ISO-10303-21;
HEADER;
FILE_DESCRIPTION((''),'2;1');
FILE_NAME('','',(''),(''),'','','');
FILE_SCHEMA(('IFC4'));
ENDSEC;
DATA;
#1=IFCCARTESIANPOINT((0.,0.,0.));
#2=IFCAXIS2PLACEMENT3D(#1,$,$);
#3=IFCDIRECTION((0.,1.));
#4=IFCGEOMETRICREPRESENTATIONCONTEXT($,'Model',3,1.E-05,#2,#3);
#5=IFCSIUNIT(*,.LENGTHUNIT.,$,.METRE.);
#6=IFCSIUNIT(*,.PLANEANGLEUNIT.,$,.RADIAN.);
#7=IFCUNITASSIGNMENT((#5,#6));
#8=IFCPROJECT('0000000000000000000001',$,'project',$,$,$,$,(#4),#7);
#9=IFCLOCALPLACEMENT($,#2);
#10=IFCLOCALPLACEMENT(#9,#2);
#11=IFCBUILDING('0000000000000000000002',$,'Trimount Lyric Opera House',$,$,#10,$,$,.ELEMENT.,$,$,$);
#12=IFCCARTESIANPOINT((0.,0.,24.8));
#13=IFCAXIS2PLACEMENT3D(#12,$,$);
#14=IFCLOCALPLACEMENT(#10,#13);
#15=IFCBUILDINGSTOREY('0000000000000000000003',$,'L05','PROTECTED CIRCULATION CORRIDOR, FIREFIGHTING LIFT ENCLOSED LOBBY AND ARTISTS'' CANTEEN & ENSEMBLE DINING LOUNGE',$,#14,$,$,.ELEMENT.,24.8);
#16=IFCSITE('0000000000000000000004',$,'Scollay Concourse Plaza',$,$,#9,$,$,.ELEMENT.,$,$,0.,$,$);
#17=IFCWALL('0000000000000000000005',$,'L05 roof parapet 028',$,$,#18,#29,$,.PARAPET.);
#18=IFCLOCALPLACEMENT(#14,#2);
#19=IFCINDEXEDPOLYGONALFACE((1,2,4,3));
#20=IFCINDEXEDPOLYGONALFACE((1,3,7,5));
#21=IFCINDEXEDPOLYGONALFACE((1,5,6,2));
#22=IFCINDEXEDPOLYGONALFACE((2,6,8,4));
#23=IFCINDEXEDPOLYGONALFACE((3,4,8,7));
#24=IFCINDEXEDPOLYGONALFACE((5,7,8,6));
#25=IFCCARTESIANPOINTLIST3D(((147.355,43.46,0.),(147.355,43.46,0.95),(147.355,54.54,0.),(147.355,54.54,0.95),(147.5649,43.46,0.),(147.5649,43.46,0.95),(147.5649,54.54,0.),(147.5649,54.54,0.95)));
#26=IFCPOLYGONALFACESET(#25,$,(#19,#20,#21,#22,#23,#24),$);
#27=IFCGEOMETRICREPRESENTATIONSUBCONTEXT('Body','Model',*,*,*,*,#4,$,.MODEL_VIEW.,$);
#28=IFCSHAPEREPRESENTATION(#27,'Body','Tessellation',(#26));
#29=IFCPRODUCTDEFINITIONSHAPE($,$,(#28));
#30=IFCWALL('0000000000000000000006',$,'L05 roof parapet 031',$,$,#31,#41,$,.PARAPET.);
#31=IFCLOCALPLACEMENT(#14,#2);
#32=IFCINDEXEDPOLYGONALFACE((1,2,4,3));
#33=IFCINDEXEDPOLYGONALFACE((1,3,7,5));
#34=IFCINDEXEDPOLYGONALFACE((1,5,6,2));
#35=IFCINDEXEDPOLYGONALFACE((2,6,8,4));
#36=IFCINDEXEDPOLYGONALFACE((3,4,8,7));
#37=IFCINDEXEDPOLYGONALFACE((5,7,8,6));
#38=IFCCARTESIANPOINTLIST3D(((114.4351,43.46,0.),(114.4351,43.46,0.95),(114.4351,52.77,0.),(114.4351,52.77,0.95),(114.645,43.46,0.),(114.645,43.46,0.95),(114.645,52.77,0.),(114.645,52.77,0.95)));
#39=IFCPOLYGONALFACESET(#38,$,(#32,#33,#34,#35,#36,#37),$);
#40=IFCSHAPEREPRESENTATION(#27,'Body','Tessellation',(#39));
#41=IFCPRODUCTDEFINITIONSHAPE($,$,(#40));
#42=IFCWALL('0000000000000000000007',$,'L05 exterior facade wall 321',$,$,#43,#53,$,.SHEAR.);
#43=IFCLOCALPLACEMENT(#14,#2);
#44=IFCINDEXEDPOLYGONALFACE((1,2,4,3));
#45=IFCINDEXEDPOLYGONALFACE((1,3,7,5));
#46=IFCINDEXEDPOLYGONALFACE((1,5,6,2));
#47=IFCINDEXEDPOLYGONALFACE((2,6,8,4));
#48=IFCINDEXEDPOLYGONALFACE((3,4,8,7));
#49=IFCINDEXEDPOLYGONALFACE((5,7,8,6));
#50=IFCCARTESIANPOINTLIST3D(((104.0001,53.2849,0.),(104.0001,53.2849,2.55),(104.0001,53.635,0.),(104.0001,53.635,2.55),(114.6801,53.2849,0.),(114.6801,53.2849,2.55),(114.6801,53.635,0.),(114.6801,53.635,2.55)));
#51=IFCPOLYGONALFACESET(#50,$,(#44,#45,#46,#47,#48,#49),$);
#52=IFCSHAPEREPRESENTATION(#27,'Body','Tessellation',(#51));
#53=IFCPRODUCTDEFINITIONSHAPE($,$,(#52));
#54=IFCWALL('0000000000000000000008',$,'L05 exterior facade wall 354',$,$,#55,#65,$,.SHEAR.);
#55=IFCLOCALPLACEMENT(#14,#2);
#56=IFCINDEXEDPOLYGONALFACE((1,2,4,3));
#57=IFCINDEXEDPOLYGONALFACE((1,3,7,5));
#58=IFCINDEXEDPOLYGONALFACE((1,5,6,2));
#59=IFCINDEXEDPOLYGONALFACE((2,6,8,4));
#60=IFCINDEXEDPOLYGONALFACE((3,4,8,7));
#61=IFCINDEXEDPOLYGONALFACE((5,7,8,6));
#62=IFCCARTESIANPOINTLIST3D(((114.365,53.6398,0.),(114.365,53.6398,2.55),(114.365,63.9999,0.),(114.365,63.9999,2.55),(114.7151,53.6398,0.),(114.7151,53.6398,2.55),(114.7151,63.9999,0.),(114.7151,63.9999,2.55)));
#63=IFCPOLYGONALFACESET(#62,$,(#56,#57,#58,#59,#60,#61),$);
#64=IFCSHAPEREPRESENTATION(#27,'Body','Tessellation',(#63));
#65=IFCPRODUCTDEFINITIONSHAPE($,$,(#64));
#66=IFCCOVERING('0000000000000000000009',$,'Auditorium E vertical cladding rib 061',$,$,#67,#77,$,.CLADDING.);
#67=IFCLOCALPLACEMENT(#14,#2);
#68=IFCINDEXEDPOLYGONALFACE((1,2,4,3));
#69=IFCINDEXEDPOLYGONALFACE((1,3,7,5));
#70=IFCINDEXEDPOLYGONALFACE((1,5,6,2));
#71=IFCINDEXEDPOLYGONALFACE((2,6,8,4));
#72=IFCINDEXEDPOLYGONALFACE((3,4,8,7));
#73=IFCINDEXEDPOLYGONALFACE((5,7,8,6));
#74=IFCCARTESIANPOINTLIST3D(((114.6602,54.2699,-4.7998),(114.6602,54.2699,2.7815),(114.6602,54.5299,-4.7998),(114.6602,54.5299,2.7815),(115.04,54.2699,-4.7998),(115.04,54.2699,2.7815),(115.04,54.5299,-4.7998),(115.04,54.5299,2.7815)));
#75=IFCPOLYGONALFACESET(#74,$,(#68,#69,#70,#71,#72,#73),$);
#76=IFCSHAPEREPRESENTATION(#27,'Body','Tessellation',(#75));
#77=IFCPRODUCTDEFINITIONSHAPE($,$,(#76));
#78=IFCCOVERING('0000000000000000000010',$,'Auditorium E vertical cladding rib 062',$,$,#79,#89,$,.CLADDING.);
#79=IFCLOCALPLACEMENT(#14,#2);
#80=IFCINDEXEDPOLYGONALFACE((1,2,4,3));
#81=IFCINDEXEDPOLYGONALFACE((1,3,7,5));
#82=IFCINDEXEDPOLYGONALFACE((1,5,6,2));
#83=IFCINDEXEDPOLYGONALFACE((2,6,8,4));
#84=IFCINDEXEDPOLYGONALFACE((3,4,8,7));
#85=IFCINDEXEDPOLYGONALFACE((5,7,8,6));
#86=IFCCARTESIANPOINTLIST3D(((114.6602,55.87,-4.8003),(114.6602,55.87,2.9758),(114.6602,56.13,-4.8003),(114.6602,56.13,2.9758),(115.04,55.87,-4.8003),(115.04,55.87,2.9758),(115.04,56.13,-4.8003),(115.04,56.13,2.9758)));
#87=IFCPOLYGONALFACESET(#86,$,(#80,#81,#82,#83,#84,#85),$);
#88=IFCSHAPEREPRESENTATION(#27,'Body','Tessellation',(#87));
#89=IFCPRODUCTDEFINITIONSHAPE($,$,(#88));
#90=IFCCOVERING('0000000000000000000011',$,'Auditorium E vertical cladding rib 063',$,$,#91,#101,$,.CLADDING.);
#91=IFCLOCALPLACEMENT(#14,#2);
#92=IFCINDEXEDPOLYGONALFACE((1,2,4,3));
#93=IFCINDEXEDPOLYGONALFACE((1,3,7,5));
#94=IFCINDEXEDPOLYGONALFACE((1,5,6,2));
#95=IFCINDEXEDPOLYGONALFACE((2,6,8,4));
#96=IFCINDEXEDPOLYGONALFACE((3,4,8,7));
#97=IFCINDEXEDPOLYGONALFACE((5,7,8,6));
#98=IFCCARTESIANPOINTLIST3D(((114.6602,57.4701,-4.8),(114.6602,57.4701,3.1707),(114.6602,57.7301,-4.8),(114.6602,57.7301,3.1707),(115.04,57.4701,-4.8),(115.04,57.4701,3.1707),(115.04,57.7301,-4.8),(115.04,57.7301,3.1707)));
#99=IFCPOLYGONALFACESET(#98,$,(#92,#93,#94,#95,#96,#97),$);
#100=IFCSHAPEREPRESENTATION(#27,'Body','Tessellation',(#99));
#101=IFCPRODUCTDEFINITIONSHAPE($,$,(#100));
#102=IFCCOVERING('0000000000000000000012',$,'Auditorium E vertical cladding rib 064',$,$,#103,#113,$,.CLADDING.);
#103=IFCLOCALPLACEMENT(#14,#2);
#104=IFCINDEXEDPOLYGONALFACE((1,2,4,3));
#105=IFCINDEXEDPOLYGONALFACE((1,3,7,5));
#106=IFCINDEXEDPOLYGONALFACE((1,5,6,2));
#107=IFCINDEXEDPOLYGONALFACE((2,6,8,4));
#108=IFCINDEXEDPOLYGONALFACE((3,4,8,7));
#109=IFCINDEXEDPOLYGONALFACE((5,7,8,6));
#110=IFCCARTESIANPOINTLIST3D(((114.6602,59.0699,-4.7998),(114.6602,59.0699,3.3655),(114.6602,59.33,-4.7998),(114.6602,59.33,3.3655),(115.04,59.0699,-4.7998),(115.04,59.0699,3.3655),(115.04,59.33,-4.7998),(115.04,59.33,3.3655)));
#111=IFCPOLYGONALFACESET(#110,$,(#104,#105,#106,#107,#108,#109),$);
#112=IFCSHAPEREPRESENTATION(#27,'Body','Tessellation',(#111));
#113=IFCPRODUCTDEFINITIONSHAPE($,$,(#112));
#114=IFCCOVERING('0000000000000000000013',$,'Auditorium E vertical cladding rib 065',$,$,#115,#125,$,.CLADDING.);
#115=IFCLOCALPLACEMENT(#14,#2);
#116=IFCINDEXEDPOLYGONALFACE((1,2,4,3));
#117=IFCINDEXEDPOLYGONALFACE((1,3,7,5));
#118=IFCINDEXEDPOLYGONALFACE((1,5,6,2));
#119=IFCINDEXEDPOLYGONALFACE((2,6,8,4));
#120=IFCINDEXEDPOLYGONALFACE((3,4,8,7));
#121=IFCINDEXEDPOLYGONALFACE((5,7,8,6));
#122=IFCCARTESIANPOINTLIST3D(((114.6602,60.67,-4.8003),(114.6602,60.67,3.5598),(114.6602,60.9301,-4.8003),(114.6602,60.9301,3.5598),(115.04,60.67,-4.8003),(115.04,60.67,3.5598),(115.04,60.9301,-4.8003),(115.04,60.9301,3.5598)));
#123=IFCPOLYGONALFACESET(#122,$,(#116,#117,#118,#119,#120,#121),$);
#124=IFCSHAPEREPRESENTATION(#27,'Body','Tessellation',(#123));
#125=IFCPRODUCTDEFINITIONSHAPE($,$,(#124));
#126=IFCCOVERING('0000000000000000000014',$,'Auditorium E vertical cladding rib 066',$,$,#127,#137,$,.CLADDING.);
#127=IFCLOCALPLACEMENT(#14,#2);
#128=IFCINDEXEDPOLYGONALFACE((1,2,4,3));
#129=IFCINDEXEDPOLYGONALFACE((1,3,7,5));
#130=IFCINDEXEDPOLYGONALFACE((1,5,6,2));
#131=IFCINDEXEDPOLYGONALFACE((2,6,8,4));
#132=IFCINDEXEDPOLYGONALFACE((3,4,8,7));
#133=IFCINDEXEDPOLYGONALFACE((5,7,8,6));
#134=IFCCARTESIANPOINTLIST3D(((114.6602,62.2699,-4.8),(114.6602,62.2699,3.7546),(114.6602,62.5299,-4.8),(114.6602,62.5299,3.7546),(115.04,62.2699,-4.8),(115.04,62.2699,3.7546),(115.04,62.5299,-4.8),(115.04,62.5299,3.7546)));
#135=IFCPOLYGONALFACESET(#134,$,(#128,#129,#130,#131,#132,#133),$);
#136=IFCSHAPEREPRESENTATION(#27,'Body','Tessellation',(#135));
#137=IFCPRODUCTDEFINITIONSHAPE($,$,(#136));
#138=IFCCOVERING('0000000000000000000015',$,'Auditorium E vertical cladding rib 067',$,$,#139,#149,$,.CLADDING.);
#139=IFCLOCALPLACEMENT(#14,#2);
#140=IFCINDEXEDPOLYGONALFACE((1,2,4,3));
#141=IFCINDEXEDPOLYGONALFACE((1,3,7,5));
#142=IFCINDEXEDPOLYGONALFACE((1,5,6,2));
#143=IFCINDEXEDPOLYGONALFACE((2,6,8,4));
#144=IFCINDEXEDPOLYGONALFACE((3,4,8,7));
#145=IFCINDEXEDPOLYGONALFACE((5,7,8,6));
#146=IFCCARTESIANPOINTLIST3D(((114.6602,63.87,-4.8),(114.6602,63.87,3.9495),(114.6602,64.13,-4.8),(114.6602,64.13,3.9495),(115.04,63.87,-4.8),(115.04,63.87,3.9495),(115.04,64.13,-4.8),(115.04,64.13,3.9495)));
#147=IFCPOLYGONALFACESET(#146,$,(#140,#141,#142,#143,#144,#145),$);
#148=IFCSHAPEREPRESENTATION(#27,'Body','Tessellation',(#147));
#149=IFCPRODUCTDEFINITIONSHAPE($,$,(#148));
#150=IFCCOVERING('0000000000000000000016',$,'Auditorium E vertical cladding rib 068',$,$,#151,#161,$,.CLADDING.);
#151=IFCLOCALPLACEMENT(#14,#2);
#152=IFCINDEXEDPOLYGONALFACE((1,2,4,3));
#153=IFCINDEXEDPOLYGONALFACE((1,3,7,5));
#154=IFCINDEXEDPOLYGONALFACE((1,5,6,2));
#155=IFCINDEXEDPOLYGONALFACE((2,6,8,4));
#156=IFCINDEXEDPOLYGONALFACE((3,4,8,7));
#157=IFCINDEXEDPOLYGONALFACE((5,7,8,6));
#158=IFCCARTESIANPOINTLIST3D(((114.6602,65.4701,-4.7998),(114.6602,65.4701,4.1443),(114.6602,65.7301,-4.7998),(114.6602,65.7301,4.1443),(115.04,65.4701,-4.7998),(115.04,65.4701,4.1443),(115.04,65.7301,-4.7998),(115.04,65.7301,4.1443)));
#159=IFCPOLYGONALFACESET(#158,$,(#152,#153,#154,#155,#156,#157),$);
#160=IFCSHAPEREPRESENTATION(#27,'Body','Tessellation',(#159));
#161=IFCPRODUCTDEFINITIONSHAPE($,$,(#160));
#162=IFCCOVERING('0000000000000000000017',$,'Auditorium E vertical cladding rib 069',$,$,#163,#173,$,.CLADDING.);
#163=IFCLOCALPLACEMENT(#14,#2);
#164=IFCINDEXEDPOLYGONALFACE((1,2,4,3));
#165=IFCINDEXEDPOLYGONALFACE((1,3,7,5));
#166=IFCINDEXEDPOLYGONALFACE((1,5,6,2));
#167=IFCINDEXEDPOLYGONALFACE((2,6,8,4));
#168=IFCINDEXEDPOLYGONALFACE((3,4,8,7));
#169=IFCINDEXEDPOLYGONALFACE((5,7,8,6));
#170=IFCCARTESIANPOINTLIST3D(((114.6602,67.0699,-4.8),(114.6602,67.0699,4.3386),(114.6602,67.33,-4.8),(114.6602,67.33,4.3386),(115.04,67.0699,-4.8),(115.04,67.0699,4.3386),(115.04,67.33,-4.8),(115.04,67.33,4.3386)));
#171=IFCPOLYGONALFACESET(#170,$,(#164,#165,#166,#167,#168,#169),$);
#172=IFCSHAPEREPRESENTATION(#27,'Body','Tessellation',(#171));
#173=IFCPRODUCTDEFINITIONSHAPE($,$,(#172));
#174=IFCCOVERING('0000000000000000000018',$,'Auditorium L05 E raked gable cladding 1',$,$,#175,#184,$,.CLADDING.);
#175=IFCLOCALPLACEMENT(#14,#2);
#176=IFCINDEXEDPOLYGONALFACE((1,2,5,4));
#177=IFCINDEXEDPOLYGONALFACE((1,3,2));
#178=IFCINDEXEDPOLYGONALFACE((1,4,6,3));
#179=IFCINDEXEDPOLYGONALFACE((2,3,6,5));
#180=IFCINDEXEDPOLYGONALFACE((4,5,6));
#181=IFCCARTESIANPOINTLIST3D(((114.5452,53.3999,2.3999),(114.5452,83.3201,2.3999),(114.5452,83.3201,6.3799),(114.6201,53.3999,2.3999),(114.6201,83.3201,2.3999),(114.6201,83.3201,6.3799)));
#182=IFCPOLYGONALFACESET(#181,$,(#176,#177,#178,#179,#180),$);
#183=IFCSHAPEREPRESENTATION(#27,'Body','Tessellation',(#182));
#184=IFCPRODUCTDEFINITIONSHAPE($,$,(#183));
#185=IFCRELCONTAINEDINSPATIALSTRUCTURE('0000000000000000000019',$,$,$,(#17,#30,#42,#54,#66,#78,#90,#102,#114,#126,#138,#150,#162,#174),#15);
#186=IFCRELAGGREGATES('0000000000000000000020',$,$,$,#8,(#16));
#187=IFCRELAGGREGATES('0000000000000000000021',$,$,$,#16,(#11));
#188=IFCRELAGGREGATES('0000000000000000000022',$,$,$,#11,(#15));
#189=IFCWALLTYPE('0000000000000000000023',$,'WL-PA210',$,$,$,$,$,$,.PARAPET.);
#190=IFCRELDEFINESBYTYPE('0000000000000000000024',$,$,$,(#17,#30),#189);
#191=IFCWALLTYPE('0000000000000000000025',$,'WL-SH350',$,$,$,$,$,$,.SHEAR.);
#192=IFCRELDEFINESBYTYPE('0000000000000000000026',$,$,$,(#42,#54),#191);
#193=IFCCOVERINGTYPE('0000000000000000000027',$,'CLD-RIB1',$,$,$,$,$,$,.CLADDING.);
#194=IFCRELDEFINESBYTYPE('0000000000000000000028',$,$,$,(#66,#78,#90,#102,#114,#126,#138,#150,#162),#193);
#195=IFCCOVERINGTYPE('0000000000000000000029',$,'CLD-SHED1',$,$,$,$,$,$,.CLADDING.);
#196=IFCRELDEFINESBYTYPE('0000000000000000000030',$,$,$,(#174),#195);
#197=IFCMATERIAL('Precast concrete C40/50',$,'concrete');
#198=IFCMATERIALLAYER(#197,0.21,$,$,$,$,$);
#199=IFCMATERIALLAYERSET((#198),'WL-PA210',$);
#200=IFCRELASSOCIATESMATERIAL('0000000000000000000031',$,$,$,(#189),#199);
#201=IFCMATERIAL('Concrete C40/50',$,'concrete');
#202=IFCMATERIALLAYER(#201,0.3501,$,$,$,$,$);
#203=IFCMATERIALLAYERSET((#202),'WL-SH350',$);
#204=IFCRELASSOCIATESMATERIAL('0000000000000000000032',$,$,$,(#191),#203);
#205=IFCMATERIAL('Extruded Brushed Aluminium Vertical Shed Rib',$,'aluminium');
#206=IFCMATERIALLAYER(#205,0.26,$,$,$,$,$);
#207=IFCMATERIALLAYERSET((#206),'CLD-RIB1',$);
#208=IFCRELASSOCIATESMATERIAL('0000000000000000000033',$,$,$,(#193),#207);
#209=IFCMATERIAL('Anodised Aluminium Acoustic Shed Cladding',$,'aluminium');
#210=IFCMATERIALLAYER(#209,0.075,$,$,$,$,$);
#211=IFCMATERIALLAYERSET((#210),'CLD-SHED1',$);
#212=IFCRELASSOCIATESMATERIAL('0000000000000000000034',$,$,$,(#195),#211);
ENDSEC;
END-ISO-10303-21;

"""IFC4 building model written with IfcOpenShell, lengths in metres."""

from ifc_helpers import new_model, si_unit, direction, frame, frame_2d, origin, origin_2d, place, context, subcontext, project, spatial, polyline, rectangle, outline, extrude, material, layer, layer_set, type_object, element, save


model = new_model("IFC4")

# Units and contexts
model_context = context("Model", 3, precision=1e-05, world=origin(), true_north=direction((0.0, 1.0)))
body_context = subcontext(model_context, "Body", "Model", "MODEL_VIEW")
ifc_project = project(units=[si_unit("LENGTHUNIT", "METRE"), si_unit("PLANEANGLEUNIT", "RADIAN")], contexts=[model_context])

# Site, building, storey
site_placement = place(None, origin())
site = spatial("IfcSite", under=ifc_project, at=site_placement, Name="Scollay Concourse Plaza", CompositionType="ELEMENT", RefElevation=0.0)
building_placement = place(site_placement, origin())
building = spatial("IfcBuilding", under=site, at=building_placement, Name="Trimount Lyric Opera House", CompositionType="ELEMENT")
storey_placement = place(building_placement, frame((0.0, 0.0, 24.8)))
storey = spatial("IfcBuildingStorey", under=building, at=storey_placement, Name="L05", Description="PROTECTED CIRCULATION CORRIDOR, FIREFIGHTING LIFT ENCLOSED LOBBY AND ARTISTS' CANTEEN & ENSEMBLE DINING LOUNGE", CompositionType="ELEMENT", Elevation=24.8)

# Walls
ifc_material_1 = material(Name="Precast concrete C40/50", Category="concrete")
ifc_layer_1 = layer(ifc_material_1, 0.21)
ifc_layer_set_1 = layer_set([ifc_layer_1], Name="WL-PA210")
wall_type_1 = type_object("IfcWallType", Name="WL-PA210", PredefinedType="PARAPET", material=ifc_layer_set_1)
for number, where, z_axis, x_axis, name in (
    (1, (147.46, 43.46, 0.0), (0.0, 0.0, 1.0), (0.0, 1.0, 0.0), "L05 roof parapet 028"),
):
    element("IfcWall", number, at=place(storey_placement, frame(where, z_axis=z_axis, x_axis=x_axis)), inside=storey, type_object=wall_type_1, Name=name, PredefinedType="PARAPET", context=body_context, shape_type="SweptSolid", body=[
        extrude(rectangle(XDim=11.0801, YDim=0.21, at=frame_2d((5.54, 0.0))), origin(), (0.0, 0.0, 1.0), 0.95),
    ])
wall_1_placement = place(storey_placement, frame((114.54, 52.77, 0.0), z_axis=(0.0, 0.0, 1.0), x_axis=(0.0, -1.0, 0.0)))
element("IfcWall", 2, at=wall_1_placement, inside=storey, type_object=wall_type_1, Name="L05 roof parapet 031", PredefinedType="PARAPET", context=body_context, shape_type="SweptSolid", body=[
    extrude(rectangle(XDim=9.3101, YDim=0.21, at=frame_2d((4.655, 0.0))), origin(), (0.0, 0.0, 1.0), 0.95),
])
ifc_material_2 = material(Name="Concrete C40/50", Category="concrete")
ifc_layer_2 = layer(ifc_material_2, 0.3501)
ifc_layer_set_2 = layer_set([ifc_layer_2], Name="WL-SH350")
wall_type_2 = type_object("IfcWallType", Name="WL-SH350", PredefinedType="SHEAR", material=ifc_layer_set_2)
wall_2_placement = place(storey_placement, frame((114.6799, 53.46, 0.0), z_axis=(0.0, 0.0, 1.0), x_axis=(-1.0, 0.0, 0.0)))
element("IfcWall", 3, at=wall_2_placement, inside=storey, type_object=wall_type_2, Name="L05 exterior facade wall 321", PredefinedType="SHEAR", context=body_context, shape_type="SweptSolid", body=[
    extrude(rectangle(XDim=10.6799, YDim=0.3501, at=frame_2d((5.3398, 0.0))), origin(), (0.0, 0.0, 1.0), 2.55),
])
wall_3_placement = place(storey_placement, frame((114.54, 64.0, 0.0), z_axis=(0.0, 0.0, 1.0), x_axis=(0.0, -1.0, 0.0)))
element("IfcWall", 4, at=wall_3_placement, inside=storey, type_object=wall_type_2, Name="L05 exterior facade wall 354", PredefinedType="SHEAR", context=body_context, shape_type="SweptSolid", body=[
    extrude(rectangle(XDim=10.3601, YDim=0.3501, at=frame_2d((5.1802, 0.0))), origin(), (0.0, 0.0, 1.0), 2.55),
])

# Coverings
ifc_material_3 = material(Name="Extruded Brushed Aluminium Vertical Shed Rib", Category="aluminium")
ifc_layer_3 = layer(ifc_material_3, 0.26)
ifc_layer_set_3 = layer_set([ifc_layer_3], Name="CLD-RIB1")
covering_type_1 = type_object("IfcCoveringType", Name="CLD-RIB1", PredefinedType="CLADDING", material=ifc_layer_set_3)
covering_1_placement = place(storey_placement, frame((114.8501, 54.3999, -4.7998), z_axis=(0.0, 0.0, 1.0), x_axis=(1.0, 0.0, 0.0)))
element("IfcCovering", 5, at=covering_1_placement, inside=storey, type_object=covering_type_1, Name="Auditorium E vertical cladding rib 061", PredefinedType="CLADDING", context=body_context, shape_type="SweptSolid", body=[
    extrude(rectangle(XDim=0.3799, YDim=0.26, at=origin_2d()), origin(), (0.0, 0.0, 1.0), 7.5813),
])
covering_2_placement = place(storey_placement, frame((114.8501, 56.0, -4.8003), z_axis=(0.0, 0.0, 1.0), x_axis=(1.0, 0.0, 0.0)))
element("IfcCovering", 6, at=covering_2_placement, inside=storey, type_object=covering_type_1, Name="Auditorium E vertical cladding rib 062", PredefinedType="CLADDING", context=body_context, shape_type="SweptSolid", body=[
    extrude(rectangle(XDim=0.3799, YDim=0.26, at=origin_2d()), origin(), (0.0, 0.0, 1.0), 7.7761),
])
covering_3_placement = place(storey_placement, frame((114.8501, 57.6001, -4.8), z_axis=(0.0, 0.0, 1.0), x_axis=(1.0, 0.0, 0.0)))
element("IfcCovering", 7, at=covering_3_placement, inside=storey, type_object=covering_type_1, Name="Auditorium E vertical cladding rib 063", PredefinedType="CLADDING", context=body_context, shape_type="SweptSolid", body=[
    extrude(rectangle(XDim=0.3799, YDim=0.26, at=origin_2d()), origin(), (0.0, 0.0, 1.0), 7.9707),
])
covering_4_placement = place(storey_placement, frame((114.8501, 59.2, -4.7998), z_axis=(0.0, 0.0, 1.0), x_axis=(1.0, 0.0, 0.0)))
element("IfcCovering", 8, at=covering_4_placement, inside=storey, type_object=covering_type_1, Name="Auditorium E vertical cladding rib 064", PredefinedType="CLADDING", context=body_context, shape_type="SweptSolid", body=[
    extrude(rectangle(XDim=0.3799, YDim=0.26, at=origin_2d()), origin(), (0.0, 0.0, 1.0), 8.1653),
])
covering_5_placement = place(storey_placement, frame((114.8501, 60.8, -4.8003), z_axis=(0.0, 0.0, 1.0), x_axis=(1.0, 0.0, 0.0)))
element("IfcCovering", 9, at=covering_5_placement, inside=storey, type_object=covering_type_1, Name="Auditorium E vertical cladding rib 065", PredefinedType="CLADDING", context=body_context, shape_type="SweptSolid", body=[
    extrude(rectangle(XDim=0.3799, YDim=0.26, at=origin_2d()), origin(), (0.0, 0.0, 1.0), 8.3601),
])
covering_6_placement = place(storey_placement, frame((114.8501, 62.3999, -4.8), z_axis=(0.0, 0.0, 1.0), x_axis=(1.0, 0.0, 0.0)))
element("IfcCovering", 10, at=covering_6_placement, inside=storey, type_object=covering_type_1, Name="Auditorium E vertical cladding rib 066", PredefinedType="CLADDING", context=body_context, shape_type="SweptSolid", body=[
    extrude(rectangle(XDim=0.3799, YDim=0.26, at=origin_2d()), origin(), (0.0, 0.0, 1.0), 8.5547),
])
covering_7_placement = place(storey_placement, frame((114.8501, 64.0, -4.8), z_axis=(0.0, 0.0, 1.0), x_axis=(1.0, 0.0, 0.0)))
element("IfcCovering", 11, at=covering_7_placement, inside=storey, type_object=covering_type_1, Name="Auditorium E vertical cladding rib 067", PredefinedType="CLADDING", context=body_context, shape_type="SweptSolid", body=[
    extrude(rectangle(XDim=0.3799, YDim=0.26, at=origin_2d()), origin(), (0.0, 0.0, 1.0), 8.7495),
])
covering_8_placement = place(storey_placement, frame((114.8501, 65.6001, -4.7998), z_axis=(0.0, 0.0, 1.0), x_axis=(1.0, 0.0, 0.0)))
element("IfcCovering", 12, at=covering_8_placement, inside=storey, type_object=covering_type_1, Name="Auditorium E vertical cladding rib 068", PredefinedType="CLADDING", context=body_context, shape_type="SweptSolid", body=[
    extrude(rectangle(XDim=0.3799, YDim=0.26, at=origin_2d()), origin(), (0.0, 0.0, 1.0), 8.9441),
])
covering_9_placement = place(storey_placement, frame((114.8501, 67.2, -4.8), z_axis=(0.0, 0.0, 1.0), x_axis=(1.0, 0.0, 0.0)))
element("IfcCovering", 13, at=covering_9_placement, inside=storey, type_object=covering_type_1, Name="Auditorium E vertical cladding rib 069", PredefinedType="CLADDING", context=body_context, shape_type="SweptSolid", body=[
    extrude(rectangle(XDim=0.3799, YDim=0.26, at=origin_2d()), origin(), (0.0, 0.0, 1.0), 9.1387),
])
ifc_material_4 = material(Name="Anodised Aluminium Acoustic Shed Cladding", Category="aluminium")
ifc_layer_4 = layer(ifc_material_4, 0.075)
ifc_layer_set_4 = layer_set([ifc_layer_4], Name="CLD-SHED1")
covering_type_2 = type_object("IfcCoveringType", Name="CLD-SHED1", PredefinedType="CLADDING", material=ifc_layer_set_4)
covering_10_placement = place(storey_placement, frame((114.6201, 53.3999, 2.3999), z_axis=(1.0, 0.0, 0.0), x_axis=(0.0, 1.0, 0.0)))
element("IfcCovering", 14, at=covering_10_placement, inside=storey, type_object=covering_type_2, Name="Auditorium L05 E raked gable cladding 1", PredefinedType="CLADDING", context=body_context, shape_type="SweptSolid", body=[
    extrude(outline(polyline([(0.0, 0.0), (29.9202, 0.0), (29.9202, 3.98), (0.0, 0.0)])), origin(), (0.0, 0.0, -1.0), 0.075),
])

save(model, "model.ifc")
